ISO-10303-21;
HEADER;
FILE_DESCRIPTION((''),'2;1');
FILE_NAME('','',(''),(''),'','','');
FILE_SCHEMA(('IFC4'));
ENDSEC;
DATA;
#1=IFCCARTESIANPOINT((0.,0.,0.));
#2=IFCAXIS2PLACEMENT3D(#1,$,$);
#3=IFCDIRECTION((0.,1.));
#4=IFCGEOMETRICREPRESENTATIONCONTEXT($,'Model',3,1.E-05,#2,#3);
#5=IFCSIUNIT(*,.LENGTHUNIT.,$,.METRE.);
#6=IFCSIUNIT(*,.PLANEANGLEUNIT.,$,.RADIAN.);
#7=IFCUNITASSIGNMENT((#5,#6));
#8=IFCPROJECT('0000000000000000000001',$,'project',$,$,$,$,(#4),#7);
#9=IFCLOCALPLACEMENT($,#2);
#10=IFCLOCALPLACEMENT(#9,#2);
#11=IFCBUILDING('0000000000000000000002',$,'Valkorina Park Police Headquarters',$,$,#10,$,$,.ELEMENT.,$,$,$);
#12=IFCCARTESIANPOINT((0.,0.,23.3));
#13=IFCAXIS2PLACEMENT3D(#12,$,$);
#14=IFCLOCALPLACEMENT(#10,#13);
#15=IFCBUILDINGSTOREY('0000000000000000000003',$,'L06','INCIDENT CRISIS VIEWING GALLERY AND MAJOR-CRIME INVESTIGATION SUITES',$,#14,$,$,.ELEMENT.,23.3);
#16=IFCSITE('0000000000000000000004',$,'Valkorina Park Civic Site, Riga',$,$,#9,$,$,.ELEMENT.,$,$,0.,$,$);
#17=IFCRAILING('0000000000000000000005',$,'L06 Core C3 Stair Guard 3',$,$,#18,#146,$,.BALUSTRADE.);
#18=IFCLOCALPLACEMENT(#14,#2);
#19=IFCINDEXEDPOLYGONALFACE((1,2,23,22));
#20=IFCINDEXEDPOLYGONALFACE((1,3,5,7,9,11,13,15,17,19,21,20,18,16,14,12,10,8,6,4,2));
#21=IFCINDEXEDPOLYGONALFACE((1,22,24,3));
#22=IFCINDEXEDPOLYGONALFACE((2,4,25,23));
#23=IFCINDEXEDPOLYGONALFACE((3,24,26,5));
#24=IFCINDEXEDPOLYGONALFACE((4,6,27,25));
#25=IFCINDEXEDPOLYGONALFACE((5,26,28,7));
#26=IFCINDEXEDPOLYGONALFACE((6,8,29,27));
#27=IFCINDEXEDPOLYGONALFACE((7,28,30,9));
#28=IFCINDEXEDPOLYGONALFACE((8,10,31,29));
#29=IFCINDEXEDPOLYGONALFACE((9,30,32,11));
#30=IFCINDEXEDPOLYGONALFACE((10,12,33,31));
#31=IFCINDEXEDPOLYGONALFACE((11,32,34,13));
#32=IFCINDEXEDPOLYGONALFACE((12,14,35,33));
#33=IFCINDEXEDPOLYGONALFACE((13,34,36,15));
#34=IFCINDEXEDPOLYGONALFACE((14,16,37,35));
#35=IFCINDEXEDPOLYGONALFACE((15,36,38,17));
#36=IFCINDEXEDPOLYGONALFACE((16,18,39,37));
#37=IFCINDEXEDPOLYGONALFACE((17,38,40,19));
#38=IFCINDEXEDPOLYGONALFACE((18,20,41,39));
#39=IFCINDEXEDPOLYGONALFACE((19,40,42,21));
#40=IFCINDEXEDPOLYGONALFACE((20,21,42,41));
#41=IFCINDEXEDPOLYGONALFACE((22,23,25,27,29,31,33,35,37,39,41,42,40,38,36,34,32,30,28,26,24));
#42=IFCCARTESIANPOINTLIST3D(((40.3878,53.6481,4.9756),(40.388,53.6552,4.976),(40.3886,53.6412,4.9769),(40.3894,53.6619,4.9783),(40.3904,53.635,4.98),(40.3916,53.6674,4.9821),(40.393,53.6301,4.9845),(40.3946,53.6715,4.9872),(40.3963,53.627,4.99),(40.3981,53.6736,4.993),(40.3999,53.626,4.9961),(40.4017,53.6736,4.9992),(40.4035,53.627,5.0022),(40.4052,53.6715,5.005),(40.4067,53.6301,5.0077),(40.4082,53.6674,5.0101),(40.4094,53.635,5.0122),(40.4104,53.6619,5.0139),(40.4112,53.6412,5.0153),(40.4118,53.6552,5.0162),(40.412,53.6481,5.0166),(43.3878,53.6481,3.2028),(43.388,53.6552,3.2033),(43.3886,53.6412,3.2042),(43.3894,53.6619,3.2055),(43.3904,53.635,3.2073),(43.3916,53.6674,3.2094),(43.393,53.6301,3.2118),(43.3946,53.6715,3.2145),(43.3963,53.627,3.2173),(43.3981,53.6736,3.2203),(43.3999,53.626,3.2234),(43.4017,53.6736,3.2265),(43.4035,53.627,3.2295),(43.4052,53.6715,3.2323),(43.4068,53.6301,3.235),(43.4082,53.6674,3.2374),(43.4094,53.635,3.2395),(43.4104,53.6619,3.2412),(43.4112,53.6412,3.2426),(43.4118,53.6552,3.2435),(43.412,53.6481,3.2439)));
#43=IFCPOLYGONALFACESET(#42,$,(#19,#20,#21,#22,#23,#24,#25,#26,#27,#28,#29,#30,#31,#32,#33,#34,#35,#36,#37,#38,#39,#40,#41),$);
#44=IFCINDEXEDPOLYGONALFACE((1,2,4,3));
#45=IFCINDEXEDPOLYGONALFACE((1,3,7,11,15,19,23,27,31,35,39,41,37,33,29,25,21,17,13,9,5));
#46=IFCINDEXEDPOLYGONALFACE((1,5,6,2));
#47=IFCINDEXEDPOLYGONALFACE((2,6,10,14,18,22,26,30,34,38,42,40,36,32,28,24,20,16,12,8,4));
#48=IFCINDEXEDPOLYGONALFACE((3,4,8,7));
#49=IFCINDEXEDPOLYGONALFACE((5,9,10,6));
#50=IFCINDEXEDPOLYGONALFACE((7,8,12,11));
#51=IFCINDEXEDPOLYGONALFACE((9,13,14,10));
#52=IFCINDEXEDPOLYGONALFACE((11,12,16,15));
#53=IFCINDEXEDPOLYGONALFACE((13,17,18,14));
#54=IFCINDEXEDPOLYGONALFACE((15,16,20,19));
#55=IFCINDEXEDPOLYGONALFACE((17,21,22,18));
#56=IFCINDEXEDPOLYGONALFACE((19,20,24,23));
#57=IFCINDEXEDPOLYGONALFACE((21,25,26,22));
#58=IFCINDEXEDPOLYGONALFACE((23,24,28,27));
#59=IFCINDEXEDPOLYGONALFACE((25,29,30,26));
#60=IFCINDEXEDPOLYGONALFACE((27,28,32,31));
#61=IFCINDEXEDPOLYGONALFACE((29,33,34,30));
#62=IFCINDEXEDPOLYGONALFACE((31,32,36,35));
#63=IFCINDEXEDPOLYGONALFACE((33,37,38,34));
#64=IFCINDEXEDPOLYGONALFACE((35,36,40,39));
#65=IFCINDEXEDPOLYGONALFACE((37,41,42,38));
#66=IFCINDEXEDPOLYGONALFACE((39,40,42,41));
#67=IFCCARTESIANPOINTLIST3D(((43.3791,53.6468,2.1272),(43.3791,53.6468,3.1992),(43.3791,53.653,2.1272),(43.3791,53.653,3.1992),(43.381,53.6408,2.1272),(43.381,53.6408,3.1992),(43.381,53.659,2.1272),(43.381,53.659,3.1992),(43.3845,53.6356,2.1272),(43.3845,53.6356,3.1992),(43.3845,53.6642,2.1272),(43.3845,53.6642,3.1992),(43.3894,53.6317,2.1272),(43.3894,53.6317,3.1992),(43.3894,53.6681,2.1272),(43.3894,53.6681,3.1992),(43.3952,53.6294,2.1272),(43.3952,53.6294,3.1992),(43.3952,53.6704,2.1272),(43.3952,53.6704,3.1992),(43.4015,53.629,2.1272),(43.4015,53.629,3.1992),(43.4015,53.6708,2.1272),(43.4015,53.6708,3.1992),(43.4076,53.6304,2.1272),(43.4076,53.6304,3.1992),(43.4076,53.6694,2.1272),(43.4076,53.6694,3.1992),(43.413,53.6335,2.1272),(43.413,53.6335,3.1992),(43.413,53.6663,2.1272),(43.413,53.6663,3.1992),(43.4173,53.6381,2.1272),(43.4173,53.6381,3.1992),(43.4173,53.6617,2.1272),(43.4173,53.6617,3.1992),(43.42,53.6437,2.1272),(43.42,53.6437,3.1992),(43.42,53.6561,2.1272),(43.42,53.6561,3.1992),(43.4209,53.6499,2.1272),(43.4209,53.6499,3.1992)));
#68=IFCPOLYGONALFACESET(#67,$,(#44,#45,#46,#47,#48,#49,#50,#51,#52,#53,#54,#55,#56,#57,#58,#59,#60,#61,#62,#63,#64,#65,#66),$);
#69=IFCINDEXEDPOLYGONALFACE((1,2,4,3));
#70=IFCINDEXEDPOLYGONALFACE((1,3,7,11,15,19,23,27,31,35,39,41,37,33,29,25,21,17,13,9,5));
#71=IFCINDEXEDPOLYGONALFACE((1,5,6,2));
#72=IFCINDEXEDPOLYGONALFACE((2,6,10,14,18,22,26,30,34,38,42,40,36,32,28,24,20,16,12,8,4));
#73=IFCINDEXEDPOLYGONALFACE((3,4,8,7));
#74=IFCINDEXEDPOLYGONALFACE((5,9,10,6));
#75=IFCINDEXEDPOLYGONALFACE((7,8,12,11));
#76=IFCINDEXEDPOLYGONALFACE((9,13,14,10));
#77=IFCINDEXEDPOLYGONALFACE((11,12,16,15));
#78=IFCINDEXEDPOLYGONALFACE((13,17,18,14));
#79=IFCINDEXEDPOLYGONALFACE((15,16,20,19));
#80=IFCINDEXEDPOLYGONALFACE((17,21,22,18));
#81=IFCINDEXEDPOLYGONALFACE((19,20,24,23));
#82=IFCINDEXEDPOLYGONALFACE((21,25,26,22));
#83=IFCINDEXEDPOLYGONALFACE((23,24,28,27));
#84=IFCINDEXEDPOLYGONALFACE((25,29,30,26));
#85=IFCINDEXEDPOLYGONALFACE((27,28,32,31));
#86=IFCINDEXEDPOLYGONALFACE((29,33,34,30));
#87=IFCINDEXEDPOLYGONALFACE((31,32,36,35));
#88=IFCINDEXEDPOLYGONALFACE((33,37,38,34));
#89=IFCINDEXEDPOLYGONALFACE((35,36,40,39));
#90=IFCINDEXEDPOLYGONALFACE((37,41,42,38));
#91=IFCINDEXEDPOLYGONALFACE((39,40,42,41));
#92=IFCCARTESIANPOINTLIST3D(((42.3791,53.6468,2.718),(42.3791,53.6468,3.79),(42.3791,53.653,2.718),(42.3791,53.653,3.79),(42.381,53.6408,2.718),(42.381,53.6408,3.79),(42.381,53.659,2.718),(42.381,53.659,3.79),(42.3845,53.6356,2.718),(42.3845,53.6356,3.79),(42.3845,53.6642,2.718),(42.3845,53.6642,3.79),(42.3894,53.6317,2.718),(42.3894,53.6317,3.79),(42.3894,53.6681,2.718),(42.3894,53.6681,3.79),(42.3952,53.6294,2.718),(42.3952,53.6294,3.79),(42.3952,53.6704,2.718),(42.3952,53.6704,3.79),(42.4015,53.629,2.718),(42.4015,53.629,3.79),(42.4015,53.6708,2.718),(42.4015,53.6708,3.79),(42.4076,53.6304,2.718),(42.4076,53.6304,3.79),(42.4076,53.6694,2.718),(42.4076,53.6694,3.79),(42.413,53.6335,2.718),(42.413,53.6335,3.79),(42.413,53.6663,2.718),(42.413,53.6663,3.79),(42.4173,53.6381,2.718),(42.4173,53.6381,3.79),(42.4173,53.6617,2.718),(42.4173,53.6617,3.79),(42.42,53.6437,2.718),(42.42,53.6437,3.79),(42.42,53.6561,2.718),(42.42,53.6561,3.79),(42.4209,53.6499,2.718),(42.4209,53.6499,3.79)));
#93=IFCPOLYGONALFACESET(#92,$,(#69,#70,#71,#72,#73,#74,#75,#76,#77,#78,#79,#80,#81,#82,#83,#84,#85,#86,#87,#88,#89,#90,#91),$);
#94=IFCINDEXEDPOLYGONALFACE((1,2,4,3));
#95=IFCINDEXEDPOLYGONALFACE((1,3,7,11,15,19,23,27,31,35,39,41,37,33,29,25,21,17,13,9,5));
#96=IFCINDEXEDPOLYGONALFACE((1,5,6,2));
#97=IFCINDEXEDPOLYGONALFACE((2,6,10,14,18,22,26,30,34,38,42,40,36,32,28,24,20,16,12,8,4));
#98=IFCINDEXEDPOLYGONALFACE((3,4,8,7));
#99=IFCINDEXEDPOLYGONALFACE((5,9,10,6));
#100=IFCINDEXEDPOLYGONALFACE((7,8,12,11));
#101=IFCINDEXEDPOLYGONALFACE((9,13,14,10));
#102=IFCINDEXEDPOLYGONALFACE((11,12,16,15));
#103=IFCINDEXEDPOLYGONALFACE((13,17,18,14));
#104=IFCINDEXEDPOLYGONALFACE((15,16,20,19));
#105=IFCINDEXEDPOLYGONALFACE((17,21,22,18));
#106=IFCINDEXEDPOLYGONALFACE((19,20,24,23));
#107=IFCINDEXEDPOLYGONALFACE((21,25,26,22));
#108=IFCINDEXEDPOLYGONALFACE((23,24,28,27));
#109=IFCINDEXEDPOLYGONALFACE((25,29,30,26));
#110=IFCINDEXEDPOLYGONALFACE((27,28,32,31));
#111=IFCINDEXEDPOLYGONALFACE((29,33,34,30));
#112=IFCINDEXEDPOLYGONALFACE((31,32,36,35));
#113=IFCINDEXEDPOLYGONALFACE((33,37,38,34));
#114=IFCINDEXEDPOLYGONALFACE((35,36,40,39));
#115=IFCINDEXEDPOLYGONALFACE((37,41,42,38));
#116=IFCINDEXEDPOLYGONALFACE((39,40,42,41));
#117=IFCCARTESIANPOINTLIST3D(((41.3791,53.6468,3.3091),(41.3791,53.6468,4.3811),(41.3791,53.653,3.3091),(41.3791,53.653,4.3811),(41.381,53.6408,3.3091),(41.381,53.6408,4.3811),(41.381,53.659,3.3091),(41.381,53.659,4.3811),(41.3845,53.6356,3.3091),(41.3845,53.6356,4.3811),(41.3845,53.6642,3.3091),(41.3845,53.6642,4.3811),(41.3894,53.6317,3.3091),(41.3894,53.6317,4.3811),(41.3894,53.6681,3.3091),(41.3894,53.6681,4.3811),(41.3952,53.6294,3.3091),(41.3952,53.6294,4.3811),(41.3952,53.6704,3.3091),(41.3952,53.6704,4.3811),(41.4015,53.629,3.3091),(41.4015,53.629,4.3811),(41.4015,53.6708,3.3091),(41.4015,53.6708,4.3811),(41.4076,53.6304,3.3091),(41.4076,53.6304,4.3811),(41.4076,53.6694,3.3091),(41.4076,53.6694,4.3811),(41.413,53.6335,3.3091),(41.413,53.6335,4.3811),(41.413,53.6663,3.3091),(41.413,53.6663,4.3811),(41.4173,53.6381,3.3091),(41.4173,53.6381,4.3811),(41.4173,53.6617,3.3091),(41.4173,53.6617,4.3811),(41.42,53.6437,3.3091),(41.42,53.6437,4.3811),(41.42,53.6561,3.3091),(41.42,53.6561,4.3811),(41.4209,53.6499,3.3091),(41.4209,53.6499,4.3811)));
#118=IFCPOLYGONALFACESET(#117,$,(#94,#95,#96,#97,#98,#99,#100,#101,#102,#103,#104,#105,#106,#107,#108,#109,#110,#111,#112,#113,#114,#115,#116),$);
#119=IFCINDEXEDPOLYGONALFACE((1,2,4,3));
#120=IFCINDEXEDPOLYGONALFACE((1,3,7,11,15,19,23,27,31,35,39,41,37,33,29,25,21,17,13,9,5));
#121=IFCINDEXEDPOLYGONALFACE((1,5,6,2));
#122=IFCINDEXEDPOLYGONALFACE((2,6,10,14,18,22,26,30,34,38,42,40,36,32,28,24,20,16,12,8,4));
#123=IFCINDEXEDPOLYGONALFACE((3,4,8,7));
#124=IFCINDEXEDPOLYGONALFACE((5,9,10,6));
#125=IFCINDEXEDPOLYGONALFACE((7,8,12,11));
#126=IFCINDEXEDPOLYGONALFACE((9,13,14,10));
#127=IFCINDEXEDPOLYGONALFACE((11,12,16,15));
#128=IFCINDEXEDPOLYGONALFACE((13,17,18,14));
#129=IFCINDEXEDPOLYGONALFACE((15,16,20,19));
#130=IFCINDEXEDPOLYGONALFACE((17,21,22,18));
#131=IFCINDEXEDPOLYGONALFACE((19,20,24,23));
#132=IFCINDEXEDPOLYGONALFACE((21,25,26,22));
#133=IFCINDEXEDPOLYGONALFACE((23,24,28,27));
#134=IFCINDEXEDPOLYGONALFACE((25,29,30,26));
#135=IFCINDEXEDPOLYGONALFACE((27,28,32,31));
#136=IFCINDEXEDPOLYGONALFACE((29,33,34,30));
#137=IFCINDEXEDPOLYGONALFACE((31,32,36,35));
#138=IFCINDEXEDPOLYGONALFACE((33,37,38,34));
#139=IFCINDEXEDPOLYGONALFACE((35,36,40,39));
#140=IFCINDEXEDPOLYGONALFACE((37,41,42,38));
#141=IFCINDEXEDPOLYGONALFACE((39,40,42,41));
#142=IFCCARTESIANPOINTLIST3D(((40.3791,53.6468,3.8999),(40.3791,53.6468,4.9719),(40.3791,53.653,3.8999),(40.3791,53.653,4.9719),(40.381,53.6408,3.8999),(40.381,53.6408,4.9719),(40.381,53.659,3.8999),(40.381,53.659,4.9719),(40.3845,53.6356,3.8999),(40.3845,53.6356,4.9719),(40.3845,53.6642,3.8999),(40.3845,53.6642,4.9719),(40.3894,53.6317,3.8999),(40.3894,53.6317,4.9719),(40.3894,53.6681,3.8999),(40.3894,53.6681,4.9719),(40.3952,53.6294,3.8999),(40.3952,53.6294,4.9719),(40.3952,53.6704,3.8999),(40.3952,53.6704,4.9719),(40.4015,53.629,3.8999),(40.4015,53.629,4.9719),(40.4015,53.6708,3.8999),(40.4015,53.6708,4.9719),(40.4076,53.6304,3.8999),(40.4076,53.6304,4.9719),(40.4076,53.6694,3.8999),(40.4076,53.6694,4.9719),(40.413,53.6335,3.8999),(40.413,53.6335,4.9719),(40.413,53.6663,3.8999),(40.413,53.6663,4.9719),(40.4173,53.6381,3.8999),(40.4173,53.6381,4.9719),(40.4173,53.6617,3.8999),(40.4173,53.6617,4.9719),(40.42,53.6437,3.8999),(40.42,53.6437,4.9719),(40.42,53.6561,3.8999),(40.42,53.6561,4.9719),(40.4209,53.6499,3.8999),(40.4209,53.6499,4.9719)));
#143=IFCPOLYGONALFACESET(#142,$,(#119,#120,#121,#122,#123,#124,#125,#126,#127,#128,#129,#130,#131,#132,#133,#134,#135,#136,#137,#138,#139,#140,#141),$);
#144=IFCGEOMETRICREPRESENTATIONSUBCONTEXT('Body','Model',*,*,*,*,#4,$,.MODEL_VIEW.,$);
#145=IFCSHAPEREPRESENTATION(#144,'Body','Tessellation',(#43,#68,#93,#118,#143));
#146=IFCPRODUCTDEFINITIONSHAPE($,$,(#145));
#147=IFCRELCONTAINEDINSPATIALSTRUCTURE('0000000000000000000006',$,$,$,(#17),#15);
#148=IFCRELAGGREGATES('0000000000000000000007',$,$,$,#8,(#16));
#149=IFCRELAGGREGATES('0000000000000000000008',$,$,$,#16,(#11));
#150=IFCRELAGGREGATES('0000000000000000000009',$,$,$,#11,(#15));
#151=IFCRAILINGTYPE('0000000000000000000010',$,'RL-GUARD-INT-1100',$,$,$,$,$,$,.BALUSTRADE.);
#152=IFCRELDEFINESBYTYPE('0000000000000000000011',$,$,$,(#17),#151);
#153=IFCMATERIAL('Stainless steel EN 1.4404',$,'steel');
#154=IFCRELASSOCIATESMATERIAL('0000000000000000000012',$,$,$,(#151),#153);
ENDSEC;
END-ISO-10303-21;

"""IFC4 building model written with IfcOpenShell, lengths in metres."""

from ifc_helpers import new_model, si_unit, direction, frame, origin, origin_2d, place, context, subcontext, project, spatial, circle, extrude, material, type_object, element, save


model = new_model("IFC4")

# Units and contexts
model_context = context("Model", 3, precision=1e-05, world=origin(), true_north=direction((0.0, 1.0)))
body_context = subcontext(model_context, "Body", "Model", "MODEL_VIEW")
ifc_project = project(units=[si_unit("LENGTHUNIT", "METRE"), si_unit("PLANEANGLEUNIT", "RADIAN")], contexts=[model_context])

# Site, building, storey
site_placement = place(None, origin())
site = spatial("IfcSite", under=ifc_project, at=site_placement, Name="Valkorina Park Civic Site, Riga", CompositionType="ELEMENT", RefElevation=0.0)
building_placement = place(site_placement, origin())
building = spatial("IfcBuilding", under=site, at=building_placement, Name="Valkorina Park Police Headquarters", CompositionType="ELEMENT")
storey_placement = place(building_placement, frame((0.0, 0.0, 23.3)))
storey = spatial("IfcBuildingStorey", under=building, at=storey_placement, Name="L06", Description="INCIDENT CRISIS VIEWING GALLERY AND MAJOR-CRIME INVESTIGATION SUITES", CompositionType="ELEMENT", Elevation=23.3)

# Railing
ifc_material_1 = material(Name="Stainless steel EN 1.4404", Category="steel")
railing_type_1 = type_object("IfcRailingType", Name="RL-GUARD-INT-1100", PredefinedType="BALUSTRADE", material=ifc_material_1)
railing_1_placement = place(storey_placement, frame((43.3999, 53.6499, 2.1272)))
element("IfcRailing", 1, at=railing_1_placement, inside=storey, type_object=railing_type_1, Name="L06 Core C3 Stair Guard 3", PredefinedType="BALUSTRADE", context=body_context, shape_type="SweptSolid", body=[
    extrude(circle(Radius=0.0239, at=origin_2d()), frame((0.0, 0.0, 1.0962), z_axis=(-0.860929, 0.0, 0.508725), x_axis=(0.0, -1.0, 0.0)), (0.0, 0.0, 1.0), 3.4846),
    extrude(circle(Radius=0.021, at=origin_2d()), origin(), (0.0, 0.0, 1.0), 1.072),
    extrude(circle(Radius=0.021, at=origin_2d()), frame((-1.0, 0.0, 0.5908)), (0.0, 0.0, 1.0), 1.072),
    extrude(circle(Radius=0.021, at=origin_2d()), frame((-2.0, 0.0, 1.1819)), (0.0, 0.0, 1.0), 1.072),
    extrude(circle(Radius=0.021, at=origin_2d()), frame((-3.0, 0.0, 1.7727)), (0.0, 0.0, 1.0), 1.072),
])

save(model, "model.ifc")
